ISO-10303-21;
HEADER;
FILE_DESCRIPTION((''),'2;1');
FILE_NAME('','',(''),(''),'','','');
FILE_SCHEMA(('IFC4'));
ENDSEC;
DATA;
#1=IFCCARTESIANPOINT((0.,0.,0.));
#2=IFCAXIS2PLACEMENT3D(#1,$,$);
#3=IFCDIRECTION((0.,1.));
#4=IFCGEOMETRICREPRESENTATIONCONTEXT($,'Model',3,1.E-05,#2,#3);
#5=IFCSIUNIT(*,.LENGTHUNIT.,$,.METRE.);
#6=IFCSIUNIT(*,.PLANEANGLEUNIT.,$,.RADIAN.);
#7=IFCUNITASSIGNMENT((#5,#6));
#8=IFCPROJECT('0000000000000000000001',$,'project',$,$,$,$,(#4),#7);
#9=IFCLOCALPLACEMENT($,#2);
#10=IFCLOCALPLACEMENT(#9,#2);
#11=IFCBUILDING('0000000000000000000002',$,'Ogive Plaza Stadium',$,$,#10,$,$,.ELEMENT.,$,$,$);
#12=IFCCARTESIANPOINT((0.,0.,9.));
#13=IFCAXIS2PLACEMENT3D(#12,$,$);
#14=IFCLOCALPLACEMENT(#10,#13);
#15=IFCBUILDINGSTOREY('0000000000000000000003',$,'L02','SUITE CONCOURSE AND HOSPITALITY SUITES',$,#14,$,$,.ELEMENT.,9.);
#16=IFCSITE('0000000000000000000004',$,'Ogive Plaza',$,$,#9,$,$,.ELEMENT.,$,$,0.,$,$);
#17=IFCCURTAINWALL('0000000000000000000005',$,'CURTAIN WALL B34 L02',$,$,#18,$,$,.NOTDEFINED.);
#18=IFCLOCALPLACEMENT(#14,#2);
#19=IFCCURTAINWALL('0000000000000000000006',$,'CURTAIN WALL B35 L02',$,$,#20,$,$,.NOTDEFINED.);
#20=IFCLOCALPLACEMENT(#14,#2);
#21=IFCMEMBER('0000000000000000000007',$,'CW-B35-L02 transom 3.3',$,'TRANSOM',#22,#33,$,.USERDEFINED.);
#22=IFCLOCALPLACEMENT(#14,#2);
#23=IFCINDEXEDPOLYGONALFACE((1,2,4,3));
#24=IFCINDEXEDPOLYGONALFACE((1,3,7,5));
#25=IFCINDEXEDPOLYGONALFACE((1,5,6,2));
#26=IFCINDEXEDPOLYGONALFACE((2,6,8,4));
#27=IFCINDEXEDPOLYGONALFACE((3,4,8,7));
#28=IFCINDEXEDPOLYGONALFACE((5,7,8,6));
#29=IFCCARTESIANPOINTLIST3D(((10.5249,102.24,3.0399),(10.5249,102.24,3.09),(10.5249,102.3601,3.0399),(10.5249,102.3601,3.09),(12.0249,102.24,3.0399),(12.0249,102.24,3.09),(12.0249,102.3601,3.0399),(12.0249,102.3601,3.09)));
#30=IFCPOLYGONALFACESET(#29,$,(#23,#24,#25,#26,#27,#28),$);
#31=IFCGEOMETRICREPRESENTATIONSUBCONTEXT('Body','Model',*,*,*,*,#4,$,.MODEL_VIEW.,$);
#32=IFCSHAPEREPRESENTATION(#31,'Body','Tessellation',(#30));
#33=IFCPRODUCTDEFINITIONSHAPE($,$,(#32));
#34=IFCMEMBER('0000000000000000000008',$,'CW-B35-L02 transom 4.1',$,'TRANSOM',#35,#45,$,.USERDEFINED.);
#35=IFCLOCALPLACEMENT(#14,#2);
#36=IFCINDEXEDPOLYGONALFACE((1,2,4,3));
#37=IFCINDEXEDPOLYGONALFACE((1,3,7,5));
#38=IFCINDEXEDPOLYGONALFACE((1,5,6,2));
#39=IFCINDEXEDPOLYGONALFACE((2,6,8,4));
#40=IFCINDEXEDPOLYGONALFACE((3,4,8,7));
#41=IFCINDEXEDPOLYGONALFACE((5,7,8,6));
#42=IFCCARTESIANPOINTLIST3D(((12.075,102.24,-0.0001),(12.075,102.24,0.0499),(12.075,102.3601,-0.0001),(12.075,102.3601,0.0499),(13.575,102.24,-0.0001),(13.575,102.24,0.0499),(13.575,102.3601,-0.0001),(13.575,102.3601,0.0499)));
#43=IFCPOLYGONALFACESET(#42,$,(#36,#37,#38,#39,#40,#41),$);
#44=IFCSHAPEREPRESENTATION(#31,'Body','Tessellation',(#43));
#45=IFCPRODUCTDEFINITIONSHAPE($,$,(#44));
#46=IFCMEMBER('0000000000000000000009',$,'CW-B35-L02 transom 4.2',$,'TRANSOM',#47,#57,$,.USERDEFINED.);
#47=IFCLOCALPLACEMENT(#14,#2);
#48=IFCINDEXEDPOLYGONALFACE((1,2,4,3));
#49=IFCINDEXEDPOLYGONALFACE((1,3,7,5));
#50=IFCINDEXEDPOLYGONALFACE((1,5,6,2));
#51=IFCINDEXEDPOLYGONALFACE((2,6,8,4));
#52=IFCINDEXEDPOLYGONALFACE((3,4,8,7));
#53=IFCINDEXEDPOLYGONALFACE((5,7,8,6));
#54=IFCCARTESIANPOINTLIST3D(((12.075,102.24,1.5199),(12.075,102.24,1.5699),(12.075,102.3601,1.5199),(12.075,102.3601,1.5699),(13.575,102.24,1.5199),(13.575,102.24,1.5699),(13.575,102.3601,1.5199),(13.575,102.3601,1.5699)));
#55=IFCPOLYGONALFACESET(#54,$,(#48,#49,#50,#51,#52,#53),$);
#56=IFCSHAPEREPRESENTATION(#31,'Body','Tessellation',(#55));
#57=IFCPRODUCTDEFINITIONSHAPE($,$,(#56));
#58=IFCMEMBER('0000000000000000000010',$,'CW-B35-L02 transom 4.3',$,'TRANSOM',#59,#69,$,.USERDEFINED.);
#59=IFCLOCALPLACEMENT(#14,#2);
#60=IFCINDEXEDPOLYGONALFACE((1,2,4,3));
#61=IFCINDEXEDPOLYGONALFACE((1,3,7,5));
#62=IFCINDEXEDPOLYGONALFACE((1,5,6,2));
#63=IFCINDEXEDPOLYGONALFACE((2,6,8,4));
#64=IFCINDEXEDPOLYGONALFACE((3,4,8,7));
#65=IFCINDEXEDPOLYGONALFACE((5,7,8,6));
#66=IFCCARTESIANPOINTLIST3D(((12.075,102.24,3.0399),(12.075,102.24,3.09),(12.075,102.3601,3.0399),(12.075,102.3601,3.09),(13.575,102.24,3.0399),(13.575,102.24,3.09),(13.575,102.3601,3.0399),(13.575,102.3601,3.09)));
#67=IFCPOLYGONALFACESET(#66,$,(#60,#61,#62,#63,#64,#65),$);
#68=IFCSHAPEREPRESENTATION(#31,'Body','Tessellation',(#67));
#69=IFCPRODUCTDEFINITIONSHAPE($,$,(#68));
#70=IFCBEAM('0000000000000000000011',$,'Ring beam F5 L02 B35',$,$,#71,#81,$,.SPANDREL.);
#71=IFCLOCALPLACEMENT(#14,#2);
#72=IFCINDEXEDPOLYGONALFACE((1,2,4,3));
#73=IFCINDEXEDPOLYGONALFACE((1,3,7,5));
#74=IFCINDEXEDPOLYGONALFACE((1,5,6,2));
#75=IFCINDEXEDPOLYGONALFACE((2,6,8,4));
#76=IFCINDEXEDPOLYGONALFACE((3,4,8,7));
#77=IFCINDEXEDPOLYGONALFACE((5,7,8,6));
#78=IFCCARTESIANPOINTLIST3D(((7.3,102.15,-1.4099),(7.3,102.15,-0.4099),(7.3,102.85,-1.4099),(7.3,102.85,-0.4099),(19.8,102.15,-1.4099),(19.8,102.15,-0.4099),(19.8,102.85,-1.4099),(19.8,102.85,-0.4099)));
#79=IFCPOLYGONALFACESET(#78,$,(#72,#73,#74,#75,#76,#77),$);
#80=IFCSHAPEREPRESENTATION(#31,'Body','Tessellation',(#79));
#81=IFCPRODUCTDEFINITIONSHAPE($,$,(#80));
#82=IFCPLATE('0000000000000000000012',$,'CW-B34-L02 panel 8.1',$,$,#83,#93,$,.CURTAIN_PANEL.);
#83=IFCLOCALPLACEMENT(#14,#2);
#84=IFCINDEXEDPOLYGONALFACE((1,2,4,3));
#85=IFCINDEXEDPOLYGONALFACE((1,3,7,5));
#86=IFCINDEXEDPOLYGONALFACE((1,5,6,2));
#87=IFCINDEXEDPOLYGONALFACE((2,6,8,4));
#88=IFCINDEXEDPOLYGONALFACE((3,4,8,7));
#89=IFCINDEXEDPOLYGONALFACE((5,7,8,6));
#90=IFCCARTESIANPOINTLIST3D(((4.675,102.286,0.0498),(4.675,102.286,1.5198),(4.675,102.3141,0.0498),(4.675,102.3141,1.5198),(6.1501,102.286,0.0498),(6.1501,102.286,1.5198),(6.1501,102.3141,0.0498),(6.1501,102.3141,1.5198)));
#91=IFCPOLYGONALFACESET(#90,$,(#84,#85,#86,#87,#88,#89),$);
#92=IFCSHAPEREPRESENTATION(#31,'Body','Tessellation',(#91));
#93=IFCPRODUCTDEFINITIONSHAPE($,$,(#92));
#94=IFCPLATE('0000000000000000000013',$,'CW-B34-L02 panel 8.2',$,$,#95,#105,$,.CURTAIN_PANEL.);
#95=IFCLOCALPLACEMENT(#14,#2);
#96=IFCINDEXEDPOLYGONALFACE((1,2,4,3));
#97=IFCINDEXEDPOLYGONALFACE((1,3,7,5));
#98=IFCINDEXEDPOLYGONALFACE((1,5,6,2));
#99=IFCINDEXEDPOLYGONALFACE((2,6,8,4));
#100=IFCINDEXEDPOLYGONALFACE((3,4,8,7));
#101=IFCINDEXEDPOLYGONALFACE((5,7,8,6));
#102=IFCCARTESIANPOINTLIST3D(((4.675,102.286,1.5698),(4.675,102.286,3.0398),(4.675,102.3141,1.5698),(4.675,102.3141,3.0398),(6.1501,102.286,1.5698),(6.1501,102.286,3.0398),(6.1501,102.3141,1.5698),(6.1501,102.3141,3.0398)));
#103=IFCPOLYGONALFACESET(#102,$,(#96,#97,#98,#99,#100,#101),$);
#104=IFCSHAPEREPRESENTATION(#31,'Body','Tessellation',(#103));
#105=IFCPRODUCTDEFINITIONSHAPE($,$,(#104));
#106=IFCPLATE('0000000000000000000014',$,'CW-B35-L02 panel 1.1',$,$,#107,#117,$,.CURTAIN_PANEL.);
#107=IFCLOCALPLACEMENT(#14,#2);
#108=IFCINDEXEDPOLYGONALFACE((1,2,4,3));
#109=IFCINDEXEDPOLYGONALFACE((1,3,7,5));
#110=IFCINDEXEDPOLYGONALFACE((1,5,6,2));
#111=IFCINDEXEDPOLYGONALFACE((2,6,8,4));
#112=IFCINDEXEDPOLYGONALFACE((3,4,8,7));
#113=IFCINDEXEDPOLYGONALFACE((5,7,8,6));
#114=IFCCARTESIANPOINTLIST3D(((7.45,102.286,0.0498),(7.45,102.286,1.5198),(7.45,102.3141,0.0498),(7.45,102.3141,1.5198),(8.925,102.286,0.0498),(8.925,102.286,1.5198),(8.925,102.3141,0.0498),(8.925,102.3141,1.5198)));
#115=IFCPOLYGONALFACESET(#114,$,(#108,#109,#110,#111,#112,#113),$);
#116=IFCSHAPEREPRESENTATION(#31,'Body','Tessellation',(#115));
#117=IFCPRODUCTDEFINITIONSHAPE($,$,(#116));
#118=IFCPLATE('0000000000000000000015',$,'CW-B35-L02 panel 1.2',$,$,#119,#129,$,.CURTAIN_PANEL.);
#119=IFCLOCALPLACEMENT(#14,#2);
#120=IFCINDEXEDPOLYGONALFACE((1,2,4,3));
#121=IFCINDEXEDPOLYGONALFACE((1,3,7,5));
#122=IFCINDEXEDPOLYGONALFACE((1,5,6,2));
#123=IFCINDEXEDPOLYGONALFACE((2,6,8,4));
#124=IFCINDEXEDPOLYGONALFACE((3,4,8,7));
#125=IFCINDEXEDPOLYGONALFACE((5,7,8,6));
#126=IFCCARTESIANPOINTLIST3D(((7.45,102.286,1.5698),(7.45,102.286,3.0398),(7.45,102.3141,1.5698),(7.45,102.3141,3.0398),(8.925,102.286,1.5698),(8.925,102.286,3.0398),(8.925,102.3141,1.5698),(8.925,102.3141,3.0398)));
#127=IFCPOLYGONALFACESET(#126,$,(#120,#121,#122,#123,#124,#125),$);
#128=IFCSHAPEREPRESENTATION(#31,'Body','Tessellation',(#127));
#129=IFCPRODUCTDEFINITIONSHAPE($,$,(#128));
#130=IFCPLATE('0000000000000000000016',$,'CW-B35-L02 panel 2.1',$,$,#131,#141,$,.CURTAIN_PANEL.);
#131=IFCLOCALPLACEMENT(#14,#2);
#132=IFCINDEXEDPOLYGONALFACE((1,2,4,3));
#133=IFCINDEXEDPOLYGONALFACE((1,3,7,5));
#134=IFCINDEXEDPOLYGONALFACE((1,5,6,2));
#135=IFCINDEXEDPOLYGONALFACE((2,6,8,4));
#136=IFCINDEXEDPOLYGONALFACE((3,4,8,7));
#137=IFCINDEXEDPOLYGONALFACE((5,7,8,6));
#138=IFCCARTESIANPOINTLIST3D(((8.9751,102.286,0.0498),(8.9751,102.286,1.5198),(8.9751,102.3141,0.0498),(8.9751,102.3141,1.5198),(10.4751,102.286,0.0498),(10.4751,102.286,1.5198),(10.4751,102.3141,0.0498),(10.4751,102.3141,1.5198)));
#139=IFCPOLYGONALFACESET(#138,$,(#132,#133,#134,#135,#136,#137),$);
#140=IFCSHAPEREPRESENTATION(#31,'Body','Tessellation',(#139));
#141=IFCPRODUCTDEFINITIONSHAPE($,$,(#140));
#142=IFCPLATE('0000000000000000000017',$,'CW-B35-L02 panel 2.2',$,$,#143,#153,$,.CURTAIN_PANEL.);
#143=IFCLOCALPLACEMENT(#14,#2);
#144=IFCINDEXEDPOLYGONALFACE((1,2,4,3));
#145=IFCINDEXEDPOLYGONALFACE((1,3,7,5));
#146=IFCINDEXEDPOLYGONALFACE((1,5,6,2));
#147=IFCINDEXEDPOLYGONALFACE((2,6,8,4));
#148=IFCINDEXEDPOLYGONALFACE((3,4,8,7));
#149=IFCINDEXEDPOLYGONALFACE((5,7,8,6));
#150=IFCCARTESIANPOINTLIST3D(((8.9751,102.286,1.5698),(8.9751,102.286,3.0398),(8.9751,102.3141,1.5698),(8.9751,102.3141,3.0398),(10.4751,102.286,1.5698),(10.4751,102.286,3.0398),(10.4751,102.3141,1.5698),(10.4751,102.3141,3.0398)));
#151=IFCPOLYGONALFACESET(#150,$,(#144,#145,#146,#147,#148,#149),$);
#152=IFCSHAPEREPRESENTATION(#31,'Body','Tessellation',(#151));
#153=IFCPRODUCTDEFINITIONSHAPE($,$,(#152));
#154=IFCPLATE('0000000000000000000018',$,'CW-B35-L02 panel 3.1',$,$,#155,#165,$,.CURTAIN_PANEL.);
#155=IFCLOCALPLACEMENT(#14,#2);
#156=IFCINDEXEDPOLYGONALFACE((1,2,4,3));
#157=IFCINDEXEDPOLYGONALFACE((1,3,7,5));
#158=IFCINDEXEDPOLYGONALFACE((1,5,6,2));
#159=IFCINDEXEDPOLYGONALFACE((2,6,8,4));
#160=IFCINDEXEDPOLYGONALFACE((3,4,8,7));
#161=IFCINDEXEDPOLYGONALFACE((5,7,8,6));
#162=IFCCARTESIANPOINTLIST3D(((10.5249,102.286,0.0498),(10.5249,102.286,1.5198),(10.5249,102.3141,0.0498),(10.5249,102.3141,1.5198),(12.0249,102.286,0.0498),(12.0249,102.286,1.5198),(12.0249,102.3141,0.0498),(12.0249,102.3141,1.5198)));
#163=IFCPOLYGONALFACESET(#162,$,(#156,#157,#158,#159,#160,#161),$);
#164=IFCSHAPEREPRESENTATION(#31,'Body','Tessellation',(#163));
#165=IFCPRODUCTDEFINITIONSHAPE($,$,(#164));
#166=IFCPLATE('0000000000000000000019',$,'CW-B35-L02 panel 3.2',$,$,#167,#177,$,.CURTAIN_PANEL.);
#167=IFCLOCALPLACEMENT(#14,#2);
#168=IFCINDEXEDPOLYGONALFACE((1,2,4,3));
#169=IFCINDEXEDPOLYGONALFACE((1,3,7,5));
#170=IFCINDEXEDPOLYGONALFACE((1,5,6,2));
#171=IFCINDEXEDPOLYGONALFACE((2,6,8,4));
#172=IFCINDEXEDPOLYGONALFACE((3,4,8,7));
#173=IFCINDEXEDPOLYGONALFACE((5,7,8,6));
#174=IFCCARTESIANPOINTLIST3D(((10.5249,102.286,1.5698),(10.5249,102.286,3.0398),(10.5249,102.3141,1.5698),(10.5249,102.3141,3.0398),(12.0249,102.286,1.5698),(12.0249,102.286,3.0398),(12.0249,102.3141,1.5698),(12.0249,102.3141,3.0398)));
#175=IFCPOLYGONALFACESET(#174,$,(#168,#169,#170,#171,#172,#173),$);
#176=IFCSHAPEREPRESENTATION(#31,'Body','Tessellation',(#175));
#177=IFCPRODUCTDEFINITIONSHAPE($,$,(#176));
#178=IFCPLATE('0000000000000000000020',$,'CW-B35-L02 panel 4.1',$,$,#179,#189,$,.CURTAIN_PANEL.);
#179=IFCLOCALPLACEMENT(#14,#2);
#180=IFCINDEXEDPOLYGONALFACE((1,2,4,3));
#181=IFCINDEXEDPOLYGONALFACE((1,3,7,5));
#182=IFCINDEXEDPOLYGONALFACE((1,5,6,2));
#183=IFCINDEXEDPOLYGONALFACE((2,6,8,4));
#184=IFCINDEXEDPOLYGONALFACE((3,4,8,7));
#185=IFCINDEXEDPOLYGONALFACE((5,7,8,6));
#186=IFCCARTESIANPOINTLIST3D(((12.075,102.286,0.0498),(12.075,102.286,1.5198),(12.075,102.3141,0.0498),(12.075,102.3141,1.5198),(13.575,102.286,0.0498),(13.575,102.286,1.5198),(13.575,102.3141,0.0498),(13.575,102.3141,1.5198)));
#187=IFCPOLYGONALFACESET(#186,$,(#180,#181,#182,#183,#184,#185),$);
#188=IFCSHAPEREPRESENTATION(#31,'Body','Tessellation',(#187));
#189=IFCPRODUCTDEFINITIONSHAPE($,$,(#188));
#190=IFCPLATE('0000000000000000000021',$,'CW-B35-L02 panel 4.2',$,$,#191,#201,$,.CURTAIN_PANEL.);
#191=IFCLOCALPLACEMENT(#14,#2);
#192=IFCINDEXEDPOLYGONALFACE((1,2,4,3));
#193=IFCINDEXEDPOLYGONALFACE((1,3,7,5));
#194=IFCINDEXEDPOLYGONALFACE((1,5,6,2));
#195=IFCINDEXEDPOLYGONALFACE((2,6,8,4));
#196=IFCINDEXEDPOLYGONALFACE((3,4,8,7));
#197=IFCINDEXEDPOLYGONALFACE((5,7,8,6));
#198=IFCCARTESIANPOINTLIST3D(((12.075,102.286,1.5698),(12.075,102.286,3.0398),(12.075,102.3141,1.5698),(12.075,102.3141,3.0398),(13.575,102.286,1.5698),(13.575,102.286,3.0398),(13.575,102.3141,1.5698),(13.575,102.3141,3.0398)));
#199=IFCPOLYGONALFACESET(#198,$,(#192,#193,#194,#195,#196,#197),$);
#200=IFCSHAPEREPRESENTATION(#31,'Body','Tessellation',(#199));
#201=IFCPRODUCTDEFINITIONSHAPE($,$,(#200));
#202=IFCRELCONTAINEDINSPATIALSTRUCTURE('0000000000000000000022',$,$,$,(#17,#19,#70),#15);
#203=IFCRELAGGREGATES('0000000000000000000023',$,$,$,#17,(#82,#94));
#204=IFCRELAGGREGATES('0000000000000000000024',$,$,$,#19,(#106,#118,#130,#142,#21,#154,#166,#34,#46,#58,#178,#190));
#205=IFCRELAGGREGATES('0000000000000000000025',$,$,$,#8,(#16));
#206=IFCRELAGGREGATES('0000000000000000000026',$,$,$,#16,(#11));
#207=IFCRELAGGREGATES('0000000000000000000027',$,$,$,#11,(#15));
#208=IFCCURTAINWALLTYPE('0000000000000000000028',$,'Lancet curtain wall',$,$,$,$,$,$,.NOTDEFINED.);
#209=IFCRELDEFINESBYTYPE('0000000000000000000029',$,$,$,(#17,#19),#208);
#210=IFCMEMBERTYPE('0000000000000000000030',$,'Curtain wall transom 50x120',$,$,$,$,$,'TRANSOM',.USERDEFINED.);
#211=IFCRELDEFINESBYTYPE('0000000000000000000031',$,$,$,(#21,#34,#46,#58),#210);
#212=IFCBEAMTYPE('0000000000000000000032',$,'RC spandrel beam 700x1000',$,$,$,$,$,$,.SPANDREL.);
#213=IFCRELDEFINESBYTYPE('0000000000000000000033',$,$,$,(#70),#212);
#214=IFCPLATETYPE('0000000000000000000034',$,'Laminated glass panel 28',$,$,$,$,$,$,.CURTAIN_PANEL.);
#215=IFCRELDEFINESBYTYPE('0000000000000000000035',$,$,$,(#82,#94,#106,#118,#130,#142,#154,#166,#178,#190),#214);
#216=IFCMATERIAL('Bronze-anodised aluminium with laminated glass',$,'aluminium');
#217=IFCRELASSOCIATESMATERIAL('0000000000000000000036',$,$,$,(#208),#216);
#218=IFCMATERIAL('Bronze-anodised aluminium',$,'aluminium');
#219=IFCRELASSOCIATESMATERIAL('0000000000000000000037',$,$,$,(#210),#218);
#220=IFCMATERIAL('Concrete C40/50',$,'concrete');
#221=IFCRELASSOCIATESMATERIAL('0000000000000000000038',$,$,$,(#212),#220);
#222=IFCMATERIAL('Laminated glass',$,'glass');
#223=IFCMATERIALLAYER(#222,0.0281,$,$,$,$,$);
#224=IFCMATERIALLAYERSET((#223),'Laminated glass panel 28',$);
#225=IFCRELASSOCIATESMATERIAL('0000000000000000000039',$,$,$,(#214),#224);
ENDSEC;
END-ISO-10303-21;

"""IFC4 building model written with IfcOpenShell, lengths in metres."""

from ifc_helpers import new_model, si_unit, direction, frame, origin, origin_2d, place, context, subcontext, project, spatial, rectangle, extrude, material, layer, layer_set, material_profile, profile_set, type_object, element, aggregate, save


model = new_model("IFC4")

# Units and contexts
model_context = context("Model", 3, precision=1e-05, world=origin(), true_north=direction((0.0, 1.0)))
body_context = subcontext(model_context, "Body", "Model", "MODEL_VIEW")
ifc_project = project(units=[si_unit("LENGTHUNIT", "METRE"), si_unit("PLANEANGLEUNIT", "RADIAN")], contexts=[model_context])

# Site, building, storey
site_placement = place(None, origin())
site = spatial("IfcSite", under=ifc_project, at=site_placement, Name="Ogive Plaza", CompositionType="ELEMENT", RefElevation=0.0)
building_placement = place(site_placement, origin())
building = spatial("IfcBuilding", under=site, at=building_placement, Name="Ogive Plaza Stadium", CompositionType="ELEMENT")
storey_placement = place(building_placement, frame((0.0, 0.0, 9.0)))
storey = spatial("IfcBuildingStorey", under=building, at=storey_placement, Name="L02", Description="SUITE CONCOURSE AND HOSPITALITY SUITES", CompositionType="ELEMENT", Elevation=9.0)

# Curtain wall
ifc_material_1 = material(Name="Bronze-anodised aluminium with laminated glass", Category="aluminium")
curtain_wall_type = type_object("IfcCurtainWallType", Name="Lancet curtain wall", PredefinedType="NOTDEFINED", material=ifc_material_1)
curtain_wall_1_placement = place(storey_placement, origin())
curtain_wall_1 = element("IfcCurtainWall", 1, at=curtain_wall_1_placement, inside=storey, type_object=curtain_wall_type, Name="CURTAIN WALL B34 L02", PredefinedType="NOTDEFINED")

# Curtain wall, members
curtain_wall_2_placement = place(storey_placement, origin())
curtain_wall_2 = element("IfcCurtainWall", 2, at=curtain_wall_2_placement, inside=storey, type_object=curtain_wall_type, Name="CURTAIN WALL B35 L02", PredefinedType="NOTDEFINED")
ifc_material_2 = material(Name="Bronze-anodised aluminium", Category="aluminium")
ifc_material_profile_1 = material_profile(ifc_material_2, rectangle(XDim=0.1201, YDim=0.05, at=origin_2d()), Name="AL 120x50")
ifc_profile_set_1 = profile_set([ifc_material_profile_1], Name="Bronze-anodised aluminium")
member_type_1 = type_object("IfcMemberType", Name="Curtain wall transom 50x120", ElementType="TRANSOM", PredefinedType="USERDEFINED", material=ifc_profile_set_1)
member_1_placement = place(storey_placement, frame((10.5249, 102.3, 3.0649), z_axis=(1.0, 0.0, 0.0), x_axis=(0.0, 1.0, 0.0)))
member_1 = element("IfcMember", 3, at=member_1_placement, type_object=member_type_1, Name="CW-B35-L02 transom 3.3", ObjectType="TRANSOM", PredefinedType="USERDEFINED", context=body_context, shape_type="SweptSolid", body=[
    extrude(rectangle(XDim=0.1201, YDim=0.05, at=origin_2d()), origin(), (0.0, 0.0, 1.0), 1.5),
])
member_2_placement = place(storey_placement, frame((12.075, 102.3, 0.0249), z_axis=(1.0, 0.0, 0.0), x_axis=(0.0, 1.0, 0.0)))
member_2 = element("IfcMember", 4, at=member_2_placement, type_object=member_type_1, Name="CW-B35-L02 transom 4.1", ObjectType="TRANSOM", PredefinedType="USERDEFINED", context=body_context, shape_type="SweptSolid", body=[
    extrude(rectangle(XDim=0.1201, YDim=0.05, at=origin_2d()), origin(), (0.0, 0.0, 1.0), 1.5),
])
member_3_placement = place(storey_placement, frame((12.075, 102.3, 1.5449), z_axis=(1.0, 0.0, 0.0), x_axis=(0.0, 1.0, 0.0)))
member_3 = element("IfcMember", 5, at=member_3_placement, type_object=member_type_1, Name="CW-B35-L02 transom 4.2", ObjectType="TRANSOM", PredefinedType="USERDEFINED", context=body_context, shape_type="SweptSolid", body=[
    extrude(rectangle(XDim=0.1201, YDim=0.05, at=origin_2d()), origin(), (0.0, 0.0, 1.0), 1.5),
])
member_4_placement = place(storey_placement, frame((12.075, 102.3, 3.0649), z_axis=(1.0, 0.0, 0.0), x_axis=(0.0, 1.0, 0.0)))
member_4 = element("IfcMember", 6, at=member_4_placement, type_object=member_type_1, Name="CW-B35-L02 transom 4.3", ObjectType="TRANSOM", PredefinedType="USERDEFINED", context=body_context, shape_type="SweptSolid", body=[
    extrude(rectangle(XDim=0.1201, YDim=0.05, at=origin_2d()), origin(), (0.0, 0.0, 1.0), 1.5),
])

# Beam
ifc_material_3 = material(Name="Concrete C40/50", Category="concrete")
ifc_material_profile_2 = material_profile(ifc_material_3, rectangle(XDim=0.7, YDim=1.0, at=origin_2d()), Name="RC 700x1000")
ifc_profile_set_2 = profile_set([ifc_material_profile_2], Name="Concrete C40/50")
beam_type = type_object("IfcBeamType", Name="RC spandrel beam 700x1000", PredefinedType="SPANDREL", material=ifc_profile_set_2)
beam_placement = place(storey_placement, frame((7.3, 102.5, -0.9099), z_axis=(1.0, 0.0, 0.0), x_axis=(0.0, 1.0, 0.0)))
element("IfcBeam", 7, at=beam_placement, inside=storey, type_object=beam_type, Name="Ring beam F5 L02 B35", PredefinedType="SPANDREL", context=body_context, shape_type="SweptSolid", body=[
    extrude(rectangle(XDim=0.7, YDim=1.0, at=origin_2d()), origin(), (0.0, 0.0, 1.0), 12.5),
])

# Plates
ifc_material_4 = material(Name="Laminated glass", Category="glass")
ifc_layer_1 = layer(ifc_material_4, 0.0281)
ifc_layer_set_1 = layer_set([ifc_layer_1], Name="Laminated glass panel 28")
plate_type = type_object("IfcPlateType", Name="Laminated glass panel 28", PredefinedType="CURTAIN_PANEL", material=ifc_layer_set_1)
plate_1_placement = place(storey_placement, frame((5.4126, 102.3, 0.0498), z_axis=(0.0, 0.0, 1.0), x_axis=(1.0, 0.0, 0.0)))
plate_1 = element("IfcPlate", 8, at=plate_1_placement, type_object=plate_type, Name="CW-B34-L02 panel 8.1", PredefinedType="CURTAIN_PANEL", context=body_context, shape_type="SweptSolid", body=[
    extrude(rectangle(XDim=1.4751, YDim=0.0281, at=origin_2d()), origin(), (0.0, 0.0, 1.0), 1.47),
])
plate_2_placement = place(storey_placement, frame((5.4126, 102.3, 1.5698), z_axis=(0.0, 0.0, 1.0), x_axis=(1.0, 0.0, 0.0)))
plate_2 = element("IfcPlate", 9, at=plate_2_placement, type_object=plate_type, Name="CW-B34-L02 panel 8.2", PredefinedType="CURTAIN_PANEL", context=body_context, shape_type="SweptSolid", body=[
    extrude(rectangle(XDim=1.4751, YDim=0.0281, at=origin_2d()), origin(), (0.0, 0.0, 1.0), 1.47),
])
aggregate(curtain_wall_1, [plate_1, plate_2])
plate_3_placement = place(storey_placement, frame((8.1875, 102.3, 0.0498), z_axis=(0.0, 0.0, 1.0), x_axis=(1.0, 0.0, 0.0)))
plate_3 = element("IfcPlate", 10, at=plate_3_placement, type_object=plate_type, Name="CW-B35-L02 panel 1.1", PredefinedType="CURTAIN_PANEL", context=body_context, shape_type="SweptSolid", body=[
    extrude(rectangle(XDim=1.4751, YDim=0.0281, at=origin_2d()), origin(), (0.0, 0.0, 1.0), 1.47),
])
plate_4_placement = place(storey_placement, frame((8.1875, 102.3, 1.5698), z_axis=(0.0, 0.0, 1.0), x_axis=(1.0, 0.0, 0.0)))
plate_4 = element("IfcPlate", 11, at=plate_4_placement, type_object=plate_type, Name="CW-B35-L02 panel 1.2", PredefinedType="CURTAIN_PANEL", context=body_context, shape_type="SweptSolid", body=[
    extrude(rectangle(XDim=1.4751, YDim=0.0281, at=origin_2d()), origin(), (0.0, 0.0, 1.0), 1.47),
])
plate_5_placement = place(storey_placement, frame((9.7251, 102.3, 0.0498), z_axis=(0.0, 0.0, 1.0), x_axis=(1.0, 0.0, 0.0)))
plate_5 = element("IfcPlate", 12, at=plate_5_placement, type_object=plate_type, Name="CW-B35-L02 panel 2.1", PredefinedType="CURTAIN_PANEL", context=body_context, shape_type="SweptSolid", body=[
    extrude(rectangle(XDim=1.5, YDim=0.0281, at=origin_2d()), origin(), (0.0, 0.0, 1.0), 1.47),
])
plate_6_placement = place(storey_placement, frame((9.7251, 102.3, 1.5698), z_axis=(0.0, 0.0, 1.0), x_axis=(1.0, 0.0, 0.0)))
plate_6 = element("IfcPlate", 13, at=plate_6_placement, type_object=plate_type, Name="CW-B35-L02 panel 2.2", PredefinedType="CURTAIN_PANEL", context=body_context, shape_type="SweptSolid", body=[
    extrude(rectangle(XDim=1.5, YDim=0.0281, at=origin_2d()), origin(), (0.0, 0.0, 1.0), 1.47),
])
plate_7_placement = place(storey_placement, frame((11.2749, 102.3, 0.0498), z_axis=(0.0, 0.0, 1.0), x_axis=(1.0, 0.0, 0.0)))
plate_7 = element("IfcPlate", 14, at=plate_7_placement, type_object=plate_type, Name="CW-B35-L02 panel 3.1", PredefinedType="CURTAIN_PANEL", context=body_context, shape_type="SweptSolid", body=[
    extrude(rectangle(XDim=1.5, YDim=0.0281, at=origin_2d()), origin(), (0.0, 0.0, 1.0), 1.47),
])
plate_8_placement = place(storey_placement, frame((11.2749, 102.3, 1.5698), z_axis=(0.0, 0.0, 1.0), x_axis=(1.0, 0.0, 0.0)))
plate_8 = element("IfcPlate", 15, at=plate_8_placement, type_object=plate_type, Name="CW-B35-L02 panel 3.2", PredefinedType="CURTAIN_PANEL", context=body_context, shape_type="SweptSolid", body=[
    extrude(rectangle(XDim=1.5, YDim=0.0281, at=origin_2d()), origin(), (0.0, 0.0, 1.0), 1.47),
])
plate_9_placement = place(storey_placement, frame((12.825, 102.3, 0.0498), z_axis=(0.0, 0.0, 1.0), x_axis=(1.0, 0.0, 0.0)))
plate_9 = element("IfcPlate", 16, at=plate_9_placement, type_object=plate_type, Name="CW-B35-L02 panel 4.1", PredefinedType="CURTAIN_PANEL", context=body_context, shape_type="SweptSolid", body=[
    extrude(rectangle(XDim=1.5, YDim=0.0281, at=origin_2d()), origin(), (0.0, 0.0, 1.0), 1.47),
])
plate_10_placement = place(storey_placement, frame((12.825, 102.3, 1.5698), z_axis=(0.0, 0.0, 1.0), x_axis=(1.0, 0.0, 0.0)))
plate_10 = element("IfcPlate", 17, at=plate_10_placement, type_object=plate_type, Name="CW-B35-L02 panel 4.2", PredefinedType="CURTAIN_PANEL", context=body_context, shape_type="SweptSolid", body=[
    extrude(rectangle(XDim=1.5, YDim=0.0281, at=origin_2d()), origin(), (0.0, 0.0, 1.0), 1.47),
])
aggregate(curtain_wall_2, [plate_3, plate_4, plate_5, plate_6, member_1, plate_7, plate_8, member_2, member_3, member_4, plate_9, plate_10])

save(model, "model.ifc")
